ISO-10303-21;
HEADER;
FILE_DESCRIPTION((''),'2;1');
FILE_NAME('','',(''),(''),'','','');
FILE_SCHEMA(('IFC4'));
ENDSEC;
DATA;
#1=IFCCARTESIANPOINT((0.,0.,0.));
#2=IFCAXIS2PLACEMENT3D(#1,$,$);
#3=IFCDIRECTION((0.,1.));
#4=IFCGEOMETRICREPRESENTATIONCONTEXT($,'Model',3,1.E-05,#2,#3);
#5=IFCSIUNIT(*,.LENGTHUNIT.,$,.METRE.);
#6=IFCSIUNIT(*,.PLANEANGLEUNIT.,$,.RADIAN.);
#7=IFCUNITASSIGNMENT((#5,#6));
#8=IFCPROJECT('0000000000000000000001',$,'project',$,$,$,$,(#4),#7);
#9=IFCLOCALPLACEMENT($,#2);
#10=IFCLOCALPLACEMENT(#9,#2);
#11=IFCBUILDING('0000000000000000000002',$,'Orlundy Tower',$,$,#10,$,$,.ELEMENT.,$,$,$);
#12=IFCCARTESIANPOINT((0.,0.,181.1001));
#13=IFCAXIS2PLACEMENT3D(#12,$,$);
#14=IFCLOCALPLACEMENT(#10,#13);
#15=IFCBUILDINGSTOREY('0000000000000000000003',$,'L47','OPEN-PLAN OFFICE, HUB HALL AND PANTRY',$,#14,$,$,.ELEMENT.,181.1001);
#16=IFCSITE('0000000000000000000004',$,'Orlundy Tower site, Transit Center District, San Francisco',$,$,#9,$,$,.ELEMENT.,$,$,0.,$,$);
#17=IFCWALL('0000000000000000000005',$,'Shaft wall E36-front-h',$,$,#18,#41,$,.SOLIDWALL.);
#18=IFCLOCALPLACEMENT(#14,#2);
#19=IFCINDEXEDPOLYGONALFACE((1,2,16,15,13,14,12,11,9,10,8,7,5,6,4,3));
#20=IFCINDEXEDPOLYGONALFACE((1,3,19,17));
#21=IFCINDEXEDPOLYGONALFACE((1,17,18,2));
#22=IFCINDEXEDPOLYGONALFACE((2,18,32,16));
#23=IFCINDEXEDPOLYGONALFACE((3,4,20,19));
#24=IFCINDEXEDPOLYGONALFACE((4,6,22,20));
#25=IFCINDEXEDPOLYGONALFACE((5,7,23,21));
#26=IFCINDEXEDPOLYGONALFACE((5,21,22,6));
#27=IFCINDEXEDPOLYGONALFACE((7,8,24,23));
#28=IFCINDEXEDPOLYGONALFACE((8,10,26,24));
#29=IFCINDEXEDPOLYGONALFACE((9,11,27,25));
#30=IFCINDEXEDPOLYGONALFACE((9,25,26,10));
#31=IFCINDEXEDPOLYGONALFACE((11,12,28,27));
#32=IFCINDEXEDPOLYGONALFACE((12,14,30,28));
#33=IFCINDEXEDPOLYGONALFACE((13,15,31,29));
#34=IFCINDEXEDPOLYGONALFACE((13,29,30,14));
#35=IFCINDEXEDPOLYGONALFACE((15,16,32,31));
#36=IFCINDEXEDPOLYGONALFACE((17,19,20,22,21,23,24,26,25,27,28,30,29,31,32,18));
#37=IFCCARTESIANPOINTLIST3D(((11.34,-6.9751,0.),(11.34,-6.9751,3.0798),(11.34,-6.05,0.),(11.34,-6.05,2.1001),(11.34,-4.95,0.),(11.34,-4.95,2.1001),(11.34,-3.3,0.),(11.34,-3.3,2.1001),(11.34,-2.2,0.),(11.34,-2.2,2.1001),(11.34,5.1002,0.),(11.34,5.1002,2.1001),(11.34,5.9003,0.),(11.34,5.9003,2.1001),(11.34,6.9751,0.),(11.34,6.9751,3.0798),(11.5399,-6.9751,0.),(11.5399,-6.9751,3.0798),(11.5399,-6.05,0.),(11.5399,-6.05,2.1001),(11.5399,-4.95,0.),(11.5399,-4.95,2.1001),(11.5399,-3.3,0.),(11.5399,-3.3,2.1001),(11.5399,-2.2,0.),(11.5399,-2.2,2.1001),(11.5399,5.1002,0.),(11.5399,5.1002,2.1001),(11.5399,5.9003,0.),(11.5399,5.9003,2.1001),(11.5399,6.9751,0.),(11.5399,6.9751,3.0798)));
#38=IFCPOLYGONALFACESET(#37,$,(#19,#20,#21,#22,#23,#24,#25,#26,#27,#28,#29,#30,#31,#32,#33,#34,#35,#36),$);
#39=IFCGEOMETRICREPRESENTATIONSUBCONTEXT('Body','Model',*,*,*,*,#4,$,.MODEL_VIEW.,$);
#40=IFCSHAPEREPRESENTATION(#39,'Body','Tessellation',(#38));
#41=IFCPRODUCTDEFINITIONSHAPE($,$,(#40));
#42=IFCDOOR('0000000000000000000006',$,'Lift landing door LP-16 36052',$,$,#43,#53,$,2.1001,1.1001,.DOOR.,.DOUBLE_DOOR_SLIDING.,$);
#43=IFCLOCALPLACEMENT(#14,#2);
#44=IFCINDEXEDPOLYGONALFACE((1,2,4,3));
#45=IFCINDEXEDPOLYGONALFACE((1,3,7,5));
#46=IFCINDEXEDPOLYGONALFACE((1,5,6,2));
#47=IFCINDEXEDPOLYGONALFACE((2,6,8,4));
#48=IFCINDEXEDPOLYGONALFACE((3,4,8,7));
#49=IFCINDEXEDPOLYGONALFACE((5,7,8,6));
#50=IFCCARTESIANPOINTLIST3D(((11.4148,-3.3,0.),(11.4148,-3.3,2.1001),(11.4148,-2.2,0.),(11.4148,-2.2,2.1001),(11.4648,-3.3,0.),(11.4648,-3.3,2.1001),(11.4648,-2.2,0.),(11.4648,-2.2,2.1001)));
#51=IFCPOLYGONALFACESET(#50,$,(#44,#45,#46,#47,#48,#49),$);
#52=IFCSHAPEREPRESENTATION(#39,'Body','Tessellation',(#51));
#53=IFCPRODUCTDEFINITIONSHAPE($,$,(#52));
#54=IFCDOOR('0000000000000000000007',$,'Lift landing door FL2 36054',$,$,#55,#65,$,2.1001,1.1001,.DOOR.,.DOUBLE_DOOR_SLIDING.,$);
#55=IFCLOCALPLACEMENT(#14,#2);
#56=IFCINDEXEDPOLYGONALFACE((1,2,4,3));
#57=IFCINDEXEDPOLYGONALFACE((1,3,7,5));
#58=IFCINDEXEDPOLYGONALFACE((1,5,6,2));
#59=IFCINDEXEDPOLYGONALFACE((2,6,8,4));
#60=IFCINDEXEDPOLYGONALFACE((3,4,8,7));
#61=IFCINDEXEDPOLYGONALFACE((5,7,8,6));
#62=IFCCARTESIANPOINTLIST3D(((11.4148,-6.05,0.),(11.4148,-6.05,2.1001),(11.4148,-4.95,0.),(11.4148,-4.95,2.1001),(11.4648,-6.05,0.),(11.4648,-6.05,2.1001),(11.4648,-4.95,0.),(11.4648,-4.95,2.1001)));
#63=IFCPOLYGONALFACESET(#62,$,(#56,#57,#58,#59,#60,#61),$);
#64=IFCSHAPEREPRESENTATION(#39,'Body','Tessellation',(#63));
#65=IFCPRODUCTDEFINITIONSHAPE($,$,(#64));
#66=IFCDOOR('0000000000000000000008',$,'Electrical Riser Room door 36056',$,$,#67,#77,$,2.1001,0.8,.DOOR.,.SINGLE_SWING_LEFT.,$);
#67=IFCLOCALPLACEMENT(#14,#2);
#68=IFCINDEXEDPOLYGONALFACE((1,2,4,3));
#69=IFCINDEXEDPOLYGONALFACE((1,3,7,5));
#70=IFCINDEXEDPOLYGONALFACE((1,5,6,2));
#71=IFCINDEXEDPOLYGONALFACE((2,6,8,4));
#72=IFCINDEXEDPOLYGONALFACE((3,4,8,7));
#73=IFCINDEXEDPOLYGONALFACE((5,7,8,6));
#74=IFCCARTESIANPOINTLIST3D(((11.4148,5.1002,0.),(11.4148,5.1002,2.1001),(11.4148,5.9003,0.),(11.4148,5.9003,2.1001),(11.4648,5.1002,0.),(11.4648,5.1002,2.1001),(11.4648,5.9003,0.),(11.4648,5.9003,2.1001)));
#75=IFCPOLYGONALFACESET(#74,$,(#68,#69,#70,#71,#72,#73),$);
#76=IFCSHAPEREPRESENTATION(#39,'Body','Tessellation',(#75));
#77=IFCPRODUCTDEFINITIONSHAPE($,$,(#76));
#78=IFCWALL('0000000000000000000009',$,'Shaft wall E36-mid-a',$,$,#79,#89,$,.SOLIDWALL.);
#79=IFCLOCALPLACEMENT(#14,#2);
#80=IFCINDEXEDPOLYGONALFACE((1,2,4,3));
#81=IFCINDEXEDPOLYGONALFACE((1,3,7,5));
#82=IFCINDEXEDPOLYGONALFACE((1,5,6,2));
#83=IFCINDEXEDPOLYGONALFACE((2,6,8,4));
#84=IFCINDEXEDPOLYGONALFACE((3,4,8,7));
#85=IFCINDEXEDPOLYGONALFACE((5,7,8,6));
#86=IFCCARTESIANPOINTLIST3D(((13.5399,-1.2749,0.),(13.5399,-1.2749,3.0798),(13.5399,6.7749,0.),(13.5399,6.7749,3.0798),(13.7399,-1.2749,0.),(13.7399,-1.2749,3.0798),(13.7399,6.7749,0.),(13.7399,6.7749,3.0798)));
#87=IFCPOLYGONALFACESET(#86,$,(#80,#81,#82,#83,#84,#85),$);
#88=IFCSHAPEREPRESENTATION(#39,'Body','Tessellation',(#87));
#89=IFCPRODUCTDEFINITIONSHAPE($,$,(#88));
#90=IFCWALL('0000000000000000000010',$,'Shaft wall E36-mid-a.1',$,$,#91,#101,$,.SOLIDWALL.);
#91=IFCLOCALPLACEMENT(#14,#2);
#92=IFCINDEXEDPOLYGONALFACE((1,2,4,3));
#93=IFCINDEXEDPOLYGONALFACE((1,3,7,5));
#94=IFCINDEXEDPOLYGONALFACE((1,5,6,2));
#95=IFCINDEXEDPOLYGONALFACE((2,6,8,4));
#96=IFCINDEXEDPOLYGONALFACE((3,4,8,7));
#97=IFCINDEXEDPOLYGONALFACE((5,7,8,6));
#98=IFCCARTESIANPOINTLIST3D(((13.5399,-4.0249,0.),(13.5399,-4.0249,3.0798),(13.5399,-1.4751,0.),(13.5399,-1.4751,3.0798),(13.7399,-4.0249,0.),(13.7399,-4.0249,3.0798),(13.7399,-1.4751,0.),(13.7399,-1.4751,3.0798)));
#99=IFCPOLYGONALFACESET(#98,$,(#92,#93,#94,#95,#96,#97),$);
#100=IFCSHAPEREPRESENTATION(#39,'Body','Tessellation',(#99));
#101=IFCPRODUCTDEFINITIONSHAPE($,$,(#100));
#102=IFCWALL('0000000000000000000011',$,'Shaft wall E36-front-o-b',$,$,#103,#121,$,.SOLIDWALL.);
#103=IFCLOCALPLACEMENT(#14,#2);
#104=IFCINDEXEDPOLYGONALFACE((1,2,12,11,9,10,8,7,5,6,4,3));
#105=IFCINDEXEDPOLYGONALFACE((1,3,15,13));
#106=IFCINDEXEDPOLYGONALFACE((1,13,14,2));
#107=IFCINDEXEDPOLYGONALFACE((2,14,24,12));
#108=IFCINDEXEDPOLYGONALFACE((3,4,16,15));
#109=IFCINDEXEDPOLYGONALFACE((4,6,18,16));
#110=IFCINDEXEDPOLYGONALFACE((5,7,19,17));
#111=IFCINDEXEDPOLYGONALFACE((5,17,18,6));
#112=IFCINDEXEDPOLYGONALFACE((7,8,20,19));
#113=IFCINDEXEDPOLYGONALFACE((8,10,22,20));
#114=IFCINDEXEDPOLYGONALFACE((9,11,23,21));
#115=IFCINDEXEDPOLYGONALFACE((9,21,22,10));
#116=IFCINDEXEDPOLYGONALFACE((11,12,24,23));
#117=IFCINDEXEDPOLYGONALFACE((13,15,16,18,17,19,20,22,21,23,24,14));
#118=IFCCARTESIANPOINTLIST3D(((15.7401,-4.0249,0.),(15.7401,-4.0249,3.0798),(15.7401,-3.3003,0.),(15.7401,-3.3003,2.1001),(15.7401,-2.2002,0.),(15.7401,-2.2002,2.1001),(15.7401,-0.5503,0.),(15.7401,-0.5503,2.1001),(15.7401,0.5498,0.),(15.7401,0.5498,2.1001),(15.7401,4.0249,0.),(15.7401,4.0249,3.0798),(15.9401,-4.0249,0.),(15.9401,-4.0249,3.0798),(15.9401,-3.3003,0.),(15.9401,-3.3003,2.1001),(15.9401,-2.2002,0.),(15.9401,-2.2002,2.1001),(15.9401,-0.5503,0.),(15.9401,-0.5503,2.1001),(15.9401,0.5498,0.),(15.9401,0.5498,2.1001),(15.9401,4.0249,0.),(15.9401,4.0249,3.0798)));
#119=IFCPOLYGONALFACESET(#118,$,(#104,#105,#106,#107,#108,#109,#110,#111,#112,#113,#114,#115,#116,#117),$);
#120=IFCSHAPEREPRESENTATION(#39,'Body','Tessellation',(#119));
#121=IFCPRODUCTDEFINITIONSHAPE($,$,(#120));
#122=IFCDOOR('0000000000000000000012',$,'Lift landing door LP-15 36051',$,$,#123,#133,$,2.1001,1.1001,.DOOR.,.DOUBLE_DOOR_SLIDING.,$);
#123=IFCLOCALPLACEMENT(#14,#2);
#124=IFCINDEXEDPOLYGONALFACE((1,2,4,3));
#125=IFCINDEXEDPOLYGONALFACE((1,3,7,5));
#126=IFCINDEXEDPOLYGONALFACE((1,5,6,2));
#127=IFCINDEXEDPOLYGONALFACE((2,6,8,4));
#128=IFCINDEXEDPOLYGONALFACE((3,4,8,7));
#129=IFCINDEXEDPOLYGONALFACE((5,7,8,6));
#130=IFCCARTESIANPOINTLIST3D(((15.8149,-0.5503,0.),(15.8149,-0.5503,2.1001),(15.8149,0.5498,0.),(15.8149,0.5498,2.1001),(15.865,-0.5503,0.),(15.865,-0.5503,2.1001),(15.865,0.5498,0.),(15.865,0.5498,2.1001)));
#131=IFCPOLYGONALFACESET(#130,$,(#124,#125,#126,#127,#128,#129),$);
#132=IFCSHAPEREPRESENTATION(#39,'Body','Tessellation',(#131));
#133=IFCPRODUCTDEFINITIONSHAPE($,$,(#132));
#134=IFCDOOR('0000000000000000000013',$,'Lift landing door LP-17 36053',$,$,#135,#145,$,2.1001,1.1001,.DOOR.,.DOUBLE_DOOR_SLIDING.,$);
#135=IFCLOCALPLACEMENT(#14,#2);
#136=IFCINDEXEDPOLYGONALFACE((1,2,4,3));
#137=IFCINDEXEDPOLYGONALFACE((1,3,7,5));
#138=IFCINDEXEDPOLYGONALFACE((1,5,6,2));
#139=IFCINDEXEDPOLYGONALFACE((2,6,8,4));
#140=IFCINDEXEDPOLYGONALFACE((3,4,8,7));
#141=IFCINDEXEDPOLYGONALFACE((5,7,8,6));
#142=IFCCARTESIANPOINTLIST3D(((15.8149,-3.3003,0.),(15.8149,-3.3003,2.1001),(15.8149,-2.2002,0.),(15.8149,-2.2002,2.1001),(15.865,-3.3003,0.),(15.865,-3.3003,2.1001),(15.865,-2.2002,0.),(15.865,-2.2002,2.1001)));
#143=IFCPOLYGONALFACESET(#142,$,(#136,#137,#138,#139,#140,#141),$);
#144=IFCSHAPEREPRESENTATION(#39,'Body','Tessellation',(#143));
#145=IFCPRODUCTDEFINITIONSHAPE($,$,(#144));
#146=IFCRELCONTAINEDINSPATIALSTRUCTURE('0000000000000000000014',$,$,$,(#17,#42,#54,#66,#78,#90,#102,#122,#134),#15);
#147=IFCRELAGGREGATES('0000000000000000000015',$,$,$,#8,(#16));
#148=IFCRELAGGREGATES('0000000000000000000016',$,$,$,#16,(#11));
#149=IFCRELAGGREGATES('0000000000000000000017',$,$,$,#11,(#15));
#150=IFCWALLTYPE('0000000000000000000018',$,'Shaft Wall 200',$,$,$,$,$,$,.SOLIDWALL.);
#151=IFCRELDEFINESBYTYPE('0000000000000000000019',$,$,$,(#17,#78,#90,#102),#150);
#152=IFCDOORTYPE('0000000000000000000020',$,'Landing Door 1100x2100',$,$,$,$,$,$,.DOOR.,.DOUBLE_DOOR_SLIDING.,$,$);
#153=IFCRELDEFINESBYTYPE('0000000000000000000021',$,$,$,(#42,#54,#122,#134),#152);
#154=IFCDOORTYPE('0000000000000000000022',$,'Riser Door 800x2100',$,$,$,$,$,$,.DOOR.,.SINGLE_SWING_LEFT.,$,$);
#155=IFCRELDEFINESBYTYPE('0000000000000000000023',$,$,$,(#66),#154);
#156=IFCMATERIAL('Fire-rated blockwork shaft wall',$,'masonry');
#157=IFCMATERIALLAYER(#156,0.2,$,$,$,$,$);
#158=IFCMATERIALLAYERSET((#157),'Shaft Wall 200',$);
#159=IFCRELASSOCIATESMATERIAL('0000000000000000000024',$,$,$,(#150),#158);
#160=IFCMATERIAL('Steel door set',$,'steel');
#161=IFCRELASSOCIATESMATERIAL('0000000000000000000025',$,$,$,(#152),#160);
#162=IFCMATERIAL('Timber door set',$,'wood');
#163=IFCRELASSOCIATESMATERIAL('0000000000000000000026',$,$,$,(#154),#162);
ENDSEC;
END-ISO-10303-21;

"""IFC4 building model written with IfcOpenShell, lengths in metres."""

from ifc_helpers import new_model, si_unit, direction, frame, frame_2d, origin, place, context, subcontext, project, spatial, rectangle, extrude, material, layer, layer_set, type_object, element, fill, save


model = new_model("IFC4")

# Units and contexts
model_context = context("Model", 3, precision=1e-05, world=origin(), true_north=direction((0.0, 1.0)))
body_context = subcontext(model_context, "Body", "Model", "MODEL_VIEW")
ifc_project = project(units=[si_unit("LENGTHUNIT", "METRE"), si_unit("PLANEANGLEUNIT", "RADIAN")], contexts=[model_context])

# Site, building, storey
site_placement = place(None, origin())
site = spatial("IfcSite", under=ifc_project, at=site_placement, Name="Orlundy Tower site, Transit Center District, San Francisco", CompositionType="ELEMENT", RefElevation=0.0)
building_placement = place(site_placement, origin())
building = spatial("IfcBuilding", under=site, at=building_placement, Name="Orlundy Tower", CompositionType="ELEMENT")
storey_placement = place(building_placement, frame((0.0, 0.0, 181.1001)))
storey = spatial("IfcBuildingStorey", under=building, at=storey_placement, Name="L47", Description="OPEN-PLAN OFFICE, HUB HALL AND PANTRY", CompositionType="ELEMENT", Elevation=181.1001)

# Shared definitions
ifc_material_1 = material(Name="Fire-rated blockwork shaft wall", Category="masonry")
ifc_layer_1 = layer(ifc_material_1, 0.2)
ifc_layer_set_1 = layer_set([ifc_layer_1], Name="Shaft Wall 200")
wall_type_1 = type_object("IfcWallType", Name="Shaft Wall 200", PredefinedType="SOLIDWALL", material=ifc_layer_set_1)

# Wall, openings, doors
wall_1_placement = place(storey_placement, frame((11.4399, 6.9751, 0.0), z_axis=(0.0, 0.0, 1.0), x_axis=(0.0, -1.0, 0.0)))
wall_1 = element("IfcWall", 1, at=wall_1_placement, inside=storey, type_object=wall_type_1, Name="Shaft wall E36-front-h", PredefinedType="SOLIDWALL", context=body_context, shape_type="SweptSolid", body=[
    extrude(rectangle(XDim=13.9502, YDim=0.2, at=frame_2d((6.9751, 0.0))), origin(), (0.0, 0.0, 1.0), 3.0798),
])
opening_1_placement = place(wall_1_placement, frame((9.175, 0.0, 0.0)))
opening_1 = element("IfcOpeningElement", 2, at=opening_1_placement, cuts=wall_1, PredefinedType="OPENING", context=body_context, shape_type="SweptSolid", body=[
    extrude(rectangle(XDim=1.1001, YDim=2.1001, at=frame_2d((0.55, 1.05))), frame((0.0, 0.1101, 0.0), z_axis=(0.0, -1.0, 0.0), x_axis=(1.0, 0.0, 0.0)), (0.0, 0.0, 1.0), 0.2202),
])
opening_2_placement = place(wall_1_placement, frame((11.925, 0.0, 0.0)))
opening_2 = element("IfcOpeningElement", 3, at=opening_2_placement, cuts=wall_1, PredefinedType="OPENING", context=body_context, shape_type="SweptSolid", body=[
    extrude(rectangle(XDim=1.1001, YDim=2.1001, at=frame_2d((0.55, 1.05))), frame((0.0, 0.1101, 0.0), z_axis=(0.0, -1.0, 0.0), x_axis=(1.0, 0.0, 0.0)), (0.0, 0.0, 1.0), 0.2202),
])
opening_3_placement = place(wall_1_placement, frame((1.075, 0.0, 0.0)))
opening_3 = element("IfcOpeningElement", 4, at=opening_3_placement, cuts=wall_1, PredefinedType="OPENING", context=body_context, shape_type="SweptSolid", body=[
    extrude(rectangle(XDim=0.8, YDim=2.1001, at=frame_2d((0.3999, 1.05))), frame((0.0, 0.1101, 0.0), z_axis=(0.0, -1.0, 0.0), x_axis=(1.0, 0.0, 0.0)), (0.0, 0.0, 1.0), 0.2202),
])
ifc_material_2 = material(Name="Steel door set", Category="steel")
door_type_1 = type_object("IfcDoorType", Name="Landing Door 1100x2100", OperationType="DOUBLE_DOOR_SLIDING", PredefinedType="DOOR", material=ifc_material_2)
door_1_placement = place(opening_1_placement, origin())
door_1 = element("IfcDoor", 5, at=door_1_placement, inside=storey, type_object=door_type_1, Name="Lift landing door LP-16 36052", OperationType="DOUBLE_DOOR_SLIDING", OverallHeight=2.1001, OverallWidth=1.1001, PredefinedType="DOOR", context=body_context, shape_type="SweptSolid", body=[
    extrude(rectangle(XDim=1.1001, YDim=2.1001, at=frame_2d((0.55, 1.05))), frame((0.0, 0.0249, 0.0), z_axis=(0.0, -1.0, 0.0), x_axis=(1.0, 0.0, 0.0)), (0.0, 0.0, 1.0), 0.05),
])
fill(opening_1, door_1)
door_2_placement = place(opening_2_placement, origin())
door_2 = element("IfcDoor", 6, at=door_2_placement, inside=storey, type_object=door_type_1, Name="Lift landing door FL2 36054", OperationType="DOUBLE_DOOR_SLIDING", OverallHeight=2.1001, OverallWidth=1.1001, PredefinedType="DOOR", context=body_context, shape_type="SweptSolid", body=[
    extrude(rectangle(XDim=1.1001, YDim=2.1001, at=frame_2d((0.55, 1.05))), frame((0.0, 0.0249, 0.0), z_axis=(0.0, -1.0, 0.0), x_axis=(1.0, 0.0, 0.0)), (0.0, 0.0, 1.0), 0.05),
])
fill(opening_2, door_2)
ifc_material_3 = material(Name="Timber door set", Category="wood")
door_type_2 = type_object("IfcDoorType", Name="Riser Door 800x2100", OperationType="SINGLE_SWING_LEFT", PredefinedType="DOOR", material=ifc_material_3)
door_3_placement = place(opening_3_placement, origin())
door_3 = element("IfcDoor", 7, at=door_3_placement, inside=storey, type_object=door_type_2, Name="Electrical Riser Room door 36056", OperationType="SINGLE_SWING_LEFT", OverallHeight=2.1001, OverallWidth=0.8, PredefinedType="DOOR", context=body_context, shape_type="SweptSolid", body=[
    extrude(rectangle(XDim=0.8, YDim=2.1001, at=frame_2d((0.3999, 1.05))), frame((0.0, 0.0249, 0.0), z_axis=(0.0, -1.0, 0.0), x_axis=(1.0, 0.0, 0.0)), (0.0, 0.0, 1.0), 0.05),
])
fill(opening_3, door_3)

# Walls
wall_2_placement = place(storey_placement, frame((13.6399, 6.7749, 0.0), z_axis=(0.0, 0.0, 1.0), x_axis=(0.0, -1.0, 0.0)))
element("IfcWall", 8, at=wall_2_placement, inside=storey, type_object=wall_type_1, Name="Shaft wall E36-mid-a", PredefinedType="SOLIDWALL", context=body_context, shape_type="SweptSolid", body=[
    extrude(rectangle(XDim=8.0498, YDim=0.2, at=frame_2d((4.0249, 0.0))), origin(), (0.0, 0.0, 1.0), 3.0798),
])
wall_3_placement = place(storey_placement, frame((13.6399, -1.4751, 0.0), z_axis=(0.0, 0.0, 1.0), x_axis=(0.0, -1.0, 0.0)))
element("IfcWall", 9, at=wall_3_placement, inside=storey, type_object=wall_type_1, Name="Shaft wall E36-mid-a.1", PredefinedType="SOLIDWALL", context=body_context, shape_type="SweptSolid", body=[
    extrude(rectangle(XDim=2.5498, YDim=0.2, at=frame_2d((1.2749, 0.0))), origin(), (0.0, 0.0, 1.0), 3.0798),
])

# Wall, openings, doors
wall_4_placement = place(storey_placement, frame((15.8401, 4.0249, 0.0), z_axis=(0.0, 0.0, 1.0), x_axis=(0.0, -1.0, 0.0)))
wall_4 = element("IfcWall", 10, at=wall_4_placement, inside=storey, type_object=wall_type_1, Name="Shaft wall E36-front-o-b", PredefinedType="SOLIDWALL", context=body_context, shape_type="SweptSolid", body=[
    extrude(rectangle(XDim=8.0498, YDim=0.2, at=frame_2d((4.0249, 0.0))), origin(), (0.0, 0.0, 1.0), 3.0798),
])
opening_4_placement = place(wall_4_placement, frame((3.4751, 0.0, 0.0)))
opening_4 = element("IfcOpeningElement", 11, at=opening_4_placement, cuts=wall_4, PredefinedType="OPENING", context=body_context, shape_type="SweptSolid", body=[
    extrude(rectangle(XDim=1.1001, YDim=2.1001, at=frame_2d((0.55, 1.05))), frame((0.0, 0.1101, 0.0), z_axis=(0.0, -1.0, 0.0), x_axis=(1.0, 0.0, 0.0)), (0.0, 0.0, 1.0), 0.2202),
])
opening_5_placement = place(wall_4_placement, frame((6.2251, 0.0, 0.0)))
opening_5 = element("IfcOpeningElement", 12, at=opening_5_placement, cuts=wall_4, PredefinedType="OPENING", context=body_context, shape_type="SweptSolid", body=[
    extrude(rectangle(XDim=1.1001, YDim=2.1001, at=frame_2d((0.55, 1.05))), frame((0.0, 0.1101, 0.0), z_axis=(0.0, -1.0, 0.0), x_axis=(1.0, 0.0, 0.0)), (0.0, 0.0, 1.0), 0.2202),
])
door_4_placement = place(opening_4_placement, origin())
door_4 = element("IfcDoor", 13, at=door_4_placement, inside=storey, type_object=door_type_1, Name="Lift landing door LP-15 36051", OperationType="DOUBLE_DOOR_SLIDING", OverallHeight=2.1001, OverallWidth=1.1001, PredefinedType="DOOR", context=body_context, shape_type="SweptSolid", body=[
    extrude(rectangle(XDim=1.1001, YDim=2.1001, at=frame_2d((0.55, 1.05))), frame((0.0, 0.0249, 0.0), z_axis=(0.0, -1.0, 0.0), x_axis=(1.0, 0.0, 0.0)), (0.0, 0.0, 1.0), 0.05),
])
fill(opening_4, door_4)
door_5_placement = place(opening_5_placement, origin())
door_5 = element("IfcDoor", 14, at=door_5_placement, inside=storey, type_object=door_type_1, Name="Lift landing door LP-17 36053", OperationType="DOUBLE_DOOR_SLIDING", OverallHeight=2.1001, OverallWidth=1.1001, PredefinedType="DOOR", context=body_context, shape_type="SweptSolid", body=[
    extrude(rectangle(XDim=1.1001, YDim=2.1001, at=frame_2d((0.55, 1.05))), frame((0.0, 0.0249, 0.0), z_axis=(0.0, -1.0, 0.0), x_axis=(1.0, 0.0, 0.0)), (0.0, 0.0, 1.0), 0.05),
])
fill(opening_5, door_5)

save(model, "model.ifc")
